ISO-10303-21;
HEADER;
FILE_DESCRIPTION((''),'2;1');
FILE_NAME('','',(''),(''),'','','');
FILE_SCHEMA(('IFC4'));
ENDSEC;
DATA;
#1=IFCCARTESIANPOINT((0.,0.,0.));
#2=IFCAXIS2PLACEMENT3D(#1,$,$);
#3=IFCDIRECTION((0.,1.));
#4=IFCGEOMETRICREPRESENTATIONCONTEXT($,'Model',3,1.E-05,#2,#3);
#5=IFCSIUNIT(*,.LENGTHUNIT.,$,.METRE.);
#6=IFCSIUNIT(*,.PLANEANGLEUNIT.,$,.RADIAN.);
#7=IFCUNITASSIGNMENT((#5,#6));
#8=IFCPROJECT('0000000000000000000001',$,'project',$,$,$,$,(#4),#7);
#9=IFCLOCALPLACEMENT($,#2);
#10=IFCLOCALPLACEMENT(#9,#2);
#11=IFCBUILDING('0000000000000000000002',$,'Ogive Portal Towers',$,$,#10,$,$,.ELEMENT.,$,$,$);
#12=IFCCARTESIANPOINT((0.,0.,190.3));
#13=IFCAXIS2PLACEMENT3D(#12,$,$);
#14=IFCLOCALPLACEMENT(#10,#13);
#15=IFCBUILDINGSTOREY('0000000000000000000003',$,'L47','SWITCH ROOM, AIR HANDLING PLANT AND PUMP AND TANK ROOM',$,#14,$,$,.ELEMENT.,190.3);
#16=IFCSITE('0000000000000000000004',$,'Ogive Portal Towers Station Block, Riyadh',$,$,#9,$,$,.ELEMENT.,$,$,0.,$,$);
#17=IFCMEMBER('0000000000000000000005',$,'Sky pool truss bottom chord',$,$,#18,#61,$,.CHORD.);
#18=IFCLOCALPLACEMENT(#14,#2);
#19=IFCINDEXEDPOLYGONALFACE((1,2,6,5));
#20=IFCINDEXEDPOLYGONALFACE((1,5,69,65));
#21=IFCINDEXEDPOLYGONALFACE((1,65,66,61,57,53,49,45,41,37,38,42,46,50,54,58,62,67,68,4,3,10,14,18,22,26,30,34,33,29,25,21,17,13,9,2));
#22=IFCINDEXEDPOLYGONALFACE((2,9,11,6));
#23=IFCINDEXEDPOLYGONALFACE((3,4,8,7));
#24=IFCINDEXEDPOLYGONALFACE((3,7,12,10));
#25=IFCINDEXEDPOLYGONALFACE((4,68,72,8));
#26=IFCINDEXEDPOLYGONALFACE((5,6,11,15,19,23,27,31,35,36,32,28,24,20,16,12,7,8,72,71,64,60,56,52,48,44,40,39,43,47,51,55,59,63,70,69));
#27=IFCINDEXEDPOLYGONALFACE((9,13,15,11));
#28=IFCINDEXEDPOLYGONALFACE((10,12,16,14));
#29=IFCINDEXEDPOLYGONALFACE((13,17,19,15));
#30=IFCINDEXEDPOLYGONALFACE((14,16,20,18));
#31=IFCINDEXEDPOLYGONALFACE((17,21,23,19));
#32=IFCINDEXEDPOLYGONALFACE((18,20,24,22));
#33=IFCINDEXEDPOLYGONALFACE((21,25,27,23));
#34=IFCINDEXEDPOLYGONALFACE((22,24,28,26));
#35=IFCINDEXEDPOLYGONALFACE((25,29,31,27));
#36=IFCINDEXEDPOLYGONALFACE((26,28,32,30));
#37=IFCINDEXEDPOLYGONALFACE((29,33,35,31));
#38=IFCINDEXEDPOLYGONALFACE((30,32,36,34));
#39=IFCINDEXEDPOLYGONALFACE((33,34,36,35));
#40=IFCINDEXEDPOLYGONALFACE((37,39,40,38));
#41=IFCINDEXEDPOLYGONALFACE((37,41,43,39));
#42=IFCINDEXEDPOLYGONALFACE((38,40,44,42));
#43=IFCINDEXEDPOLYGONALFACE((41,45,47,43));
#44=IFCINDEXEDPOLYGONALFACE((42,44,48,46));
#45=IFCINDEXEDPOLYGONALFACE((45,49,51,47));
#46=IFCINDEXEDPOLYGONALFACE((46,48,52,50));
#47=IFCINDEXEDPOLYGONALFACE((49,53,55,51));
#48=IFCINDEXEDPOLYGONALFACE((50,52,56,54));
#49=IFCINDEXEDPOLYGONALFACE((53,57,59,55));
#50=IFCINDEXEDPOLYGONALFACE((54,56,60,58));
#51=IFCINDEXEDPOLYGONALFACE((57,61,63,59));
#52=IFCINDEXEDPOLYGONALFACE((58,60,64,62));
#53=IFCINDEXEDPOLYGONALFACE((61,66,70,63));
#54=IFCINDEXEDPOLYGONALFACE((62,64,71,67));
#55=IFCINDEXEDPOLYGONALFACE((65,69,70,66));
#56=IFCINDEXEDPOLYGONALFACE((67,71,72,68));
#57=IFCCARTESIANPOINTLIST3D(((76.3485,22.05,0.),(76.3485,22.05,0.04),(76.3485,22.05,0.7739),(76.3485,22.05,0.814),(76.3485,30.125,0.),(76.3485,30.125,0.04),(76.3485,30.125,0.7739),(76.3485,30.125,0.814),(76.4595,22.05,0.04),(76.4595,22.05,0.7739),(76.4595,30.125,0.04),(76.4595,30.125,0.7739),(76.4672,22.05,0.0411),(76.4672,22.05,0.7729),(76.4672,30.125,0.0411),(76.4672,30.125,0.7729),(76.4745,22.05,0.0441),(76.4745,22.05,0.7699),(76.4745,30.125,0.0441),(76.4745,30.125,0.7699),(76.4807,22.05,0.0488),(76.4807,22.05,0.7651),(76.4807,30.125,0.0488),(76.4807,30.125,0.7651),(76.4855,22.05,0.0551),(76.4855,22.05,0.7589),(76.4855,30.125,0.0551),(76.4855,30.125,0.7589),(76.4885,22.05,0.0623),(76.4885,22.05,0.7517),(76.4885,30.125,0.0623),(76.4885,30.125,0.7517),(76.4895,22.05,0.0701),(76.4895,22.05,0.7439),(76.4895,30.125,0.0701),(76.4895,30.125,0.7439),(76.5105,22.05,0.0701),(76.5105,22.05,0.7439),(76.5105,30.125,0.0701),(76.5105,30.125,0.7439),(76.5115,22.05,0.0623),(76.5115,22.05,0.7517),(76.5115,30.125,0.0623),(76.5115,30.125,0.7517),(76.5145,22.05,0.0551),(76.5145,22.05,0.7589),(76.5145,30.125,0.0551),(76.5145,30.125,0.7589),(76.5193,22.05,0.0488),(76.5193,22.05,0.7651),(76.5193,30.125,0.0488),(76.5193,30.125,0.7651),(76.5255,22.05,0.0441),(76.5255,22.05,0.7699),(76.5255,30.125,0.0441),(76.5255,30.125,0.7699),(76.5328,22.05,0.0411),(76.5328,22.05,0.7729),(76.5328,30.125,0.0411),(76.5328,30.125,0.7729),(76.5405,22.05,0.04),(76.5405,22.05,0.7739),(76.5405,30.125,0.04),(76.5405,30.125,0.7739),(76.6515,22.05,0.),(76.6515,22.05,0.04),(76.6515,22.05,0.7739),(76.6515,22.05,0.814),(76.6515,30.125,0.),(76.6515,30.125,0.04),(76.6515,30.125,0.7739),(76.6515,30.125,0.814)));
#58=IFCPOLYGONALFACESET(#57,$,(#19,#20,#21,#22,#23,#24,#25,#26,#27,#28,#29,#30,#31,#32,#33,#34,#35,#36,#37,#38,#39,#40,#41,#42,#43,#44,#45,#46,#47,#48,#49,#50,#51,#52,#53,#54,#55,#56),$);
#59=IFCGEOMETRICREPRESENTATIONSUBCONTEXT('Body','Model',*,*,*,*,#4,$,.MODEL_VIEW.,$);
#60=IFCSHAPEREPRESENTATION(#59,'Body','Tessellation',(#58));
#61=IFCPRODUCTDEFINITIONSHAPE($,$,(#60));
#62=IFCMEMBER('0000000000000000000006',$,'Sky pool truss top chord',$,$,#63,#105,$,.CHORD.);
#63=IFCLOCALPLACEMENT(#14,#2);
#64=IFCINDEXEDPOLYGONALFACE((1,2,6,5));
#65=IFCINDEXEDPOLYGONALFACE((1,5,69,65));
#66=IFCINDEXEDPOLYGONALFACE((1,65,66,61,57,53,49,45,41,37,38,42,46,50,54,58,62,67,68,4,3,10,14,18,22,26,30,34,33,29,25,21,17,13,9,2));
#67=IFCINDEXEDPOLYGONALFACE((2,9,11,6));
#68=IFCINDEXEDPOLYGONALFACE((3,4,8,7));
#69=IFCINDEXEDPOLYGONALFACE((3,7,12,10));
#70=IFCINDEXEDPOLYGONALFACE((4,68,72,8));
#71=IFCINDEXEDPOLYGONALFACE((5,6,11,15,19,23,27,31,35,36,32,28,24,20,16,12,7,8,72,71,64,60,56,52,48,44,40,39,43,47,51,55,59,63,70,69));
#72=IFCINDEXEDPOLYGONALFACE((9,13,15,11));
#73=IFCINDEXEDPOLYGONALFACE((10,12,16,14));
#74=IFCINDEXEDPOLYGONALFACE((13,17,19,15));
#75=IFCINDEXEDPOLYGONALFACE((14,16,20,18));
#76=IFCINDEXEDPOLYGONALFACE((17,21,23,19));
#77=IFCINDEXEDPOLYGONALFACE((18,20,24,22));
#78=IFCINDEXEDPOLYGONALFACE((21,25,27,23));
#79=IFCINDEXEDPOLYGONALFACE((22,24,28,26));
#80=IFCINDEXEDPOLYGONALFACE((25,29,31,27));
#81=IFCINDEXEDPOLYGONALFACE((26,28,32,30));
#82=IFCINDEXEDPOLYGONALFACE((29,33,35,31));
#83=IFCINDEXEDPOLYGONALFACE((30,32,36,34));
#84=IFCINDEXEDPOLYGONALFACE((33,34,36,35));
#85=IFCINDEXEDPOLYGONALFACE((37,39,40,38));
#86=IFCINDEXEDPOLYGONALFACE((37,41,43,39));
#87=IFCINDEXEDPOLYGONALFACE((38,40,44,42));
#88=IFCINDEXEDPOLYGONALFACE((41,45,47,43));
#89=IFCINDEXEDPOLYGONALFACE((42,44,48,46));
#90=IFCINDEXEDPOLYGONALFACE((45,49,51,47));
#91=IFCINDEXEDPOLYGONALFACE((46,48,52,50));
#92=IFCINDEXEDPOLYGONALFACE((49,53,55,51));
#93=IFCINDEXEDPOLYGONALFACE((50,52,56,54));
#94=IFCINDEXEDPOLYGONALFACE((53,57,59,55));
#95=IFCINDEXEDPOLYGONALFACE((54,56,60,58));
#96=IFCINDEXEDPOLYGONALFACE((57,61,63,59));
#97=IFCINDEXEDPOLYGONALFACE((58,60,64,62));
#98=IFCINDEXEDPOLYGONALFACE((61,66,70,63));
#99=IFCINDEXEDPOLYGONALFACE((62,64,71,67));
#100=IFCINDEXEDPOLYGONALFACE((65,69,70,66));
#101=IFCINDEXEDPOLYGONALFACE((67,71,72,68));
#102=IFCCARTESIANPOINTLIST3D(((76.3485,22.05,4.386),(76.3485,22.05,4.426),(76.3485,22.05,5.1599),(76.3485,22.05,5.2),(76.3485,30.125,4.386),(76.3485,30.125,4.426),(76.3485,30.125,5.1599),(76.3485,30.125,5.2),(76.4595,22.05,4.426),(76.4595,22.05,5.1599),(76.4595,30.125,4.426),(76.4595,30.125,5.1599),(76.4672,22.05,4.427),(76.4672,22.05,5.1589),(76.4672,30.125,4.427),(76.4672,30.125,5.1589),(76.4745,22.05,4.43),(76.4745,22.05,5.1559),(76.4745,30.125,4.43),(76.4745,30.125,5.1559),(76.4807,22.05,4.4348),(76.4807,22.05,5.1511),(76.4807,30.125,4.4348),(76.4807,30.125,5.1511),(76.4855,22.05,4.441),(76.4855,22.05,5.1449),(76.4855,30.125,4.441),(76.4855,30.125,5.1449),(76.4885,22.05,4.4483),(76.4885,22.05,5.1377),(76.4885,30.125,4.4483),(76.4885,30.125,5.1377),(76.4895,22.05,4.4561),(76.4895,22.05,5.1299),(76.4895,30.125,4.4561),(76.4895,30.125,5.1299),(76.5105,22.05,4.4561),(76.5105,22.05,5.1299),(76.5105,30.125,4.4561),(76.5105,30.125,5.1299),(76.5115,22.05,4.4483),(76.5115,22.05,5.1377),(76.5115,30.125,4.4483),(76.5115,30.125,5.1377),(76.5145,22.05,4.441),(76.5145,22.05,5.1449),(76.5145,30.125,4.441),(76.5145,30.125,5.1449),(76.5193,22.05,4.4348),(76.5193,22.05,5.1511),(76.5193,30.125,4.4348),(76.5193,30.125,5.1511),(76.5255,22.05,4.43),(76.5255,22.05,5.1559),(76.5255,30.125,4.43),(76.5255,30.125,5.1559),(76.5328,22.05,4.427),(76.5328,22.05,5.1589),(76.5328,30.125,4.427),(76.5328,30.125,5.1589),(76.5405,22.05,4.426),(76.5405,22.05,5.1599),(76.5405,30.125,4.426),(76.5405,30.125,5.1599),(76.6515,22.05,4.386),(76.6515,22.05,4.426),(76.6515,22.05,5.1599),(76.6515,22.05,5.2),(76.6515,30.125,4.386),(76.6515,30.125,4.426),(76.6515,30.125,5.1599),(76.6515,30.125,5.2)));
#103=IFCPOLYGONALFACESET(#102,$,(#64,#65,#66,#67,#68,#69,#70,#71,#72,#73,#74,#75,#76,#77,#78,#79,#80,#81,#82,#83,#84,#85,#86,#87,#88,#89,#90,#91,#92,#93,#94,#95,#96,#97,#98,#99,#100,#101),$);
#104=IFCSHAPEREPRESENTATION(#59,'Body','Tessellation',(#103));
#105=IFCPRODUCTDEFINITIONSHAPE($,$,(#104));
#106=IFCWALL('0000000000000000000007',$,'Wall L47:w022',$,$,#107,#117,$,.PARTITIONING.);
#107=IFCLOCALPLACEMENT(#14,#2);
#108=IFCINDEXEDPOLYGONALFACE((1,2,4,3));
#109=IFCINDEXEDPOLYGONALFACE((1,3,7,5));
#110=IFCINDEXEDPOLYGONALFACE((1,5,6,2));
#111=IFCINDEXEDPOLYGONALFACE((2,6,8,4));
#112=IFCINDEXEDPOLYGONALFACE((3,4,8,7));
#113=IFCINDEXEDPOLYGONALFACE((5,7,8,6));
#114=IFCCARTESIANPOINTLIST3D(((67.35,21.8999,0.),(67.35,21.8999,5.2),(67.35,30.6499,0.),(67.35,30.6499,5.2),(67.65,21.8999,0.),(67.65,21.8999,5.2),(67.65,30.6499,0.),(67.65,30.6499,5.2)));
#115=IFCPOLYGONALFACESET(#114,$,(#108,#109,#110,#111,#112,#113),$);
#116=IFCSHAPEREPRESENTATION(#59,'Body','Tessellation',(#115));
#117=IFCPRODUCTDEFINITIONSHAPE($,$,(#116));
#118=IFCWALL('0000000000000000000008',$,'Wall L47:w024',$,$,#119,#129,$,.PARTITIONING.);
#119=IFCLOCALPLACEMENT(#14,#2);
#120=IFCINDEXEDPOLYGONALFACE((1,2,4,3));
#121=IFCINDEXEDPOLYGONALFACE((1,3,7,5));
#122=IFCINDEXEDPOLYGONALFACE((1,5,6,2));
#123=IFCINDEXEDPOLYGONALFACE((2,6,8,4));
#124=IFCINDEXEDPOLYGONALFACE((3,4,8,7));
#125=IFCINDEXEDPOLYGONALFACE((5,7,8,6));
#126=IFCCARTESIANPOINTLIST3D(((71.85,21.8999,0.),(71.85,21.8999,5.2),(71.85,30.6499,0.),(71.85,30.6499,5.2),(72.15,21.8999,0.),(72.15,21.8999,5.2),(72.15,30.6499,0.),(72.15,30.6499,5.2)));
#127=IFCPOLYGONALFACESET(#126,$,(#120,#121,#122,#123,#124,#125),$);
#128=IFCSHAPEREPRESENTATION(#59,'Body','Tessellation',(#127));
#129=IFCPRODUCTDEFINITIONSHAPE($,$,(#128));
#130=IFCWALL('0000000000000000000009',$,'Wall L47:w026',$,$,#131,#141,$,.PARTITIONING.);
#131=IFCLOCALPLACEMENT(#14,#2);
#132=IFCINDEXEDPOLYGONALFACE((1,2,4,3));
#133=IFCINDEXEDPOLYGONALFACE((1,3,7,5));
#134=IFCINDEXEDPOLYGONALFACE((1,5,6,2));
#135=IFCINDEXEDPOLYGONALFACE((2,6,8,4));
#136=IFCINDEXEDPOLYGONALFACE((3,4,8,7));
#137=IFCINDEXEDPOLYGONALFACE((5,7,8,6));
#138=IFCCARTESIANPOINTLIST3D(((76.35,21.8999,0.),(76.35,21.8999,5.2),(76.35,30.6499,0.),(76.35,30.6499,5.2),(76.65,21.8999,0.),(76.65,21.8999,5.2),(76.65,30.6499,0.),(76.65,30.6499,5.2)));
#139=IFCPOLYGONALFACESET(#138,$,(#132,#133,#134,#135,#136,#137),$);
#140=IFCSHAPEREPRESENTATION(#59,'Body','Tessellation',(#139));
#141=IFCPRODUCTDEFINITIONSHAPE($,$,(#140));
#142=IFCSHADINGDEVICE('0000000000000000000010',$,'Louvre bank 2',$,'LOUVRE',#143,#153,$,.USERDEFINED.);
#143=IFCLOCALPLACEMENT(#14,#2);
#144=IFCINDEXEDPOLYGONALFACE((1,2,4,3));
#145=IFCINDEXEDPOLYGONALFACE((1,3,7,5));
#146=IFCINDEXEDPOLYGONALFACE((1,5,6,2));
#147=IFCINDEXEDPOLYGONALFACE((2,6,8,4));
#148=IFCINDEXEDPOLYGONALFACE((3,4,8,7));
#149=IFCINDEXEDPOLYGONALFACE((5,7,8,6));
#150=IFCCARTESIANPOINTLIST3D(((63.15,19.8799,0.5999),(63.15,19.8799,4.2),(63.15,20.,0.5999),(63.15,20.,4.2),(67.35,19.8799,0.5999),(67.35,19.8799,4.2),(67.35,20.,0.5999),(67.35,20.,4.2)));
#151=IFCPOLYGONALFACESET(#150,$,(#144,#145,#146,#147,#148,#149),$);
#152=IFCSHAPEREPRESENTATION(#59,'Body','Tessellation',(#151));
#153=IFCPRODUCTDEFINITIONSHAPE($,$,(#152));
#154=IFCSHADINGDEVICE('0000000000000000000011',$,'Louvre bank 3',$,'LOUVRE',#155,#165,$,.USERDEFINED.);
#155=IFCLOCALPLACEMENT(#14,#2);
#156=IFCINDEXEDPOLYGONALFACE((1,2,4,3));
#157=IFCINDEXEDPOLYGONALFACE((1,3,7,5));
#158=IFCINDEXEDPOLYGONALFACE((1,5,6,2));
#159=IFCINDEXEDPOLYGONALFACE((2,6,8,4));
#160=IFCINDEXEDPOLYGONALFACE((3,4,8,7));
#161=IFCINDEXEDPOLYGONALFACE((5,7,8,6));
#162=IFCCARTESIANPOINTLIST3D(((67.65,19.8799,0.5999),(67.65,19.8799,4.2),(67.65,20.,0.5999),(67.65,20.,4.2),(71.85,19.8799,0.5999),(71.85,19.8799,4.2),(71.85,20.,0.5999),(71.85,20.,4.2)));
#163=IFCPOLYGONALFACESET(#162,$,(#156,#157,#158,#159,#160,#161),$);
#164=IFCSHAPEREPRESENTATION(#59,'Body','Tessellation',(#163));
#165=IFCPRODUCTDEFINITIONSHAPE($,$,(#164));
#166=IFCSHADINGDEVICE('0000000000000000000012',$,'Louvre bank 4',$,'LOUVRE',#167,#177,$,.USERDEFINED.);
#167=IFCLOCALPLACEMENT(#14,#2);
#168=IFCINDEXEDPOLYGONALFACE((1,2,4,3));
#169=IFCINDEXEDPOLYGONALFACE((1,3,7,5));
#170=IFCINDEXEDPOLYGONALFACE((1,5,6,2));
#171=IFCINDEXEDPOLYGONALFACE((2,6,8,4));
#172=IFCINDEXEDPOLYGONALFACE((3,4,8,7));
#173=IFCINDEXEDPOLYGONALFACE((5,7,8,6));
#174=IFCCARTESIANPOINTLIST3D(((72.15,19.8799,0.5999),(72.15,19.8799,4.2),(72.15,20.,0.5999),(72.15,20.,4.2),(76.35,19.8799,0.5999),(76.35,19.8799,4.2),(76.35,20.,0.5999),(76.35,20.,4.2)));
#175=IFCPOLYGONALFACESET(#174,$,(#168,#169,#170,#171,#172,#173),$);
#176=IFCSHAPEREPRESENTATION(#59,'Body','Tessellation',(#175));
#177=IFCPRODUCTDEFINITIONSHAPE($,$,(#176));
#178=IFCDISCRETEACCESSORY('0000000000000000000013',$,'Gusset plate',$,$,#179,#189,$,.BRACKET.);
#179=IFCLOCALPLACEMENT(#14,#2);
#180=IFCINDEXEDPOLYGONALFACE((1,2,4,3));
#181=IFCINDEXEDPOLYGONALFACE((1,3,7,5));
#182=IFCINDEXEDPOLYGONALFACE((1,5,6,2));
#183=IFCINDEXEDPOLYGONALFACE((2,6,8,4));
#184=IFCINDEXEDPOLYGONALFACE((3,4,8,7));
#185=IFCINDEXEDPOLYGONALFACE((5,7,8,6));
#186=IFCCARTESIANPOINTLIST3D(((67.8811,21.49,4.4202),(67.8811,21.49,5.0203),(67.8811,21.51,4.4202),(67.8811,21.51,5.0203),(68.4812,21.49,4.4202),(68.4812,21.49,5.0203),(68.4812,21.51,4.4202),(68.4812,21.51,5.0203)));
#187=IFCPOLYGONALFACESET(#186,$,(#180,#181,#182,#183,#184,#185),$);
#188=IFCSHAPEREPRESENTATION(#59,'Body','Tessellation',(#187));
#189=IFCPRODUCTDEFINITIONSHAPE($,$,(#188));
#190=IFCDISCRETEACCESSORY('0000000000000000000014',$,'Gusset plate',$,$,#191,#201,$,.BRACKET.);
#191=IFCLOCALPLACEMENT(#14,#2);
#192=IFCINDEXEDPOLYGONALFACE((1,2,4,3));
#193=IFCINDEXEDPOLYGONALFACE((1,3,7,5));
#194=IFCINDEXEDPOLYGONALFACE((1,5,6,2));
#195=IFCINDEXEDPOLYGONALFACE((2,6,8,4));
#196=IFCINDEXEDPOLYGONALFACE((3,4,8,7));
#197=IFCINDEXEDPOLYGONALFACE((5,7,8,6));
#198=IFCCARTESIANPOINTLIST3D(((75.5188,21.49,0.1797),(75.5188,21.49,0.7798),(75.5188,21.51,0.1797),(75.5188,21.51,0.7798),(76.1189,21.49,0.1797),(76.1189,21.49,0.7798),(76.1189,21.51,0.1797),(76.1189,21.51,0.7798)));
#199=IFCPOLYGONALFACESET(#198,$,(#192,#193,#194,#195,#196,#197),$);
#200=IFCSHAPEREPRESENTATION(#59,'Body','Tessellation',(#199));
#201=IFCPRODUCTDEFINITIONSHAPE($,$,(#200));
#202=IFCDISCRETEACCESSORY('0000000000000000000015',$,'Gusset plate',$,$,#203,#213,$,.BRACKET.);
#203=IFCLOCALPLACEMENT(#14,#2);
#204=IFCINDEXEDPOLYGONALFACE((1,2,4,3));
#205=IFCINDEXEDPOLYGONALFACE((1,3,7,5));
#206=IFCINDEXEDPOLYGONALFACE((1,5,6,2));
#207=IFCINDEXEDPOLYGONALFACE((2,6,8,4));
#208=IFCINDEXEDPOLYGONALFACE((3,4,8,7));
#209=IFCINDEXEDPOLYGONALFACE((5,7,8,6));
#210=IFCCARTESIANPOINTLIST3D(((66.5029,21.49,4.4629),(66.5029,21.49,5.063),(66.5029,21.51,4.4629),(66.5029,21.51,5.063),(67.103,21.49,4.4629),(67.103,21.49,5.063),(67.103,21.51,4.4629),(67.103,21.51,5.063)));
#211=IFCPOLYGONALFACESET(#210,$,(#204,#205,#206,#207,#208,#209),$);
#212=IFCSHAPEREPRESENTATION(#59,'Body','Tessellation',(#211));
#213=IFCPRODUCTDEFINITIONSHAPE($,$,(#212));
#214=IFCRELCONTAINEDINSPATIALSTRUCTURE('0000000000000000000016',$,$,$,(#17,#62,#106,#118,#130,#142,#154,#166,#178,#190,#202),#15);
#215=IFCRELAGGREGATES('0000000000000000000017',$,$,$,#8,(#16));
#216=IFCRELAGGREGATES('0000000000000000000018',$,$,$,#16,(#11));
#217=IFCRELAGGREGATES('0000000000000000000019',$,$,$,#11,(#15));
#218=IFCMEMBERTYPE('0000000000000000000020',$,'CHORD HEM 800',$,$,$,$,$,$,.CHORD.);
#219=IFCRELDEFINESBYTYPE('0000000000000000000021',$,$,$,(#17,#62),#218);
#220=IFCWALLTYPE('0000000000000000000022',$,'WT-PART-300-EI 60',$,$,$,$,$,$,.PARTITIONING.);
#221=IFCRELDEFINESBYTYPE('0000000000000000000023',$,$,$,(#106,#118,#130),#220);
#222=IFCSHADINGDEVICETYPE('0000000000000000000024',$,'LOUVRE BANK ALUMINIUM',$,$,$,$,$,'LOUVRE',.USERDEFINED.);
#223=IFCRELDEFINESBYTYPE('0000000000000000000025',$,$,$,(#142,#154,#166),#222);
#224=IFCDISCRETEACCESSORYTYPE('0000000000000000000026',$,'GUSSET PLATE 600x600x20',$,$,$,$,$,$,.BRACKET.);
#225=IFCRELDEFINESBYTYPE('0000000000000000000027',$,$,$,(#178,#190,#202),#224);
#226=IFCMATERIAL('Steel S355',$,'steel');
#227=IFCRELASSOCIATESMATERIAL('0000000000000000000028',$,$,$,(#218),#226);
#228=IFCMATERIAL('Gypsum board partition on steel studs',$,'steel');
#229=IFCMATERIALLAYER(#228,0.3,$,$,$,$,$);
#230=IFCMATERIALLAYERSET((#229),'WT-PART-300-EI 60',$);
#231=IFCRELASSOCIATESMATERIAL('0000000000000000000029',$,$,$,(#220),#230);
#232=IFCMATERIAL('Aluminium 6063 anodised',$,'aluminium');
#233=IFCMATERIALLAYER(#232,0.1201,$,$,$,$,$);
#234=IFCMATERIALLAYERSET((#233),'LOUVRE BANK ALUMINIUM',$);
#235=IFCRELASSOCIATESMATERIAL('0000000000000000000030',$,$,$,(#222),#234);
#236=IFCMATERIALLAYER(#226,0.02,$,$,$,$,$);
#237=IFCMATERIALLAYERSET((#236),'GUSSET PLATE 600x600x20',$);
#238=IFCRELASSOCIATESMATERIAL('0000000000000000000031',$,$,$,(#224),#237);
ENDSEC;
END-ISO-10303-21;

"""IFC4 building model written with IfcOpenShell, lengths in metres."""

from ifc_helpers import new_model, si_unit, direction, frame, frame_2d, origin, origin_2d, place, context, subcontext, project, spatial, rectangle, i_section, extrude, material, layer, layer_set, material_profile, profile_set, type_object, element, save


model = new_model("IFC4")

# Units and contexts
model_context = context("Model", 3, precision=1e-05, world=origin(), true_north=direction((0.0, 1.0)))
body_context = subcontext(model_context, "Body", "Model", "MODEL_VIEW")
ifc_project = project(units=[si_unit("LENGTHUNIT", "METRE"), si_unit("PLANEANGLEUNIT", "RADIAN")], contexts=[model_context])

# Site, building, storey
site_placement = place(None, origin())
site = spatial("IfcSite", under=ifc_project, at=site_placement, Name="Ogive Portal Towers Station Block, Riyadh", CompositionType="ELEMENT", RefElevation=0.0)
building_placement = place(site_placement, origin())
building = spatial("IfcBuilding", under=site, at=building_placement, Name="Ogive Portal Towers", CompositionType="ELEMENT")
storey_placement = place(building_placement, frame((0.0, 0.0, 190.3)))
storey = spatial("IfcBuildingStorey", under=building, at=storey_placement, Name="L47", Description="SWITCH ROOM, AIR HANDLING PLANT AND PUMP AND TANK ROOM", CompositionType="ELEMENT", Elevation=190.3)

# Members
ifc_material_1 = material(Name="Steel S355", Category="steel")
ifc_material_profile_1 = material_profile(ifc_material_1, i_section(OverallWidth=0.303, OverallDepth=0.814, WebThickness=0.021, FlangeThickness=0.04, FilletRadius=0.03, at=origin_2d()), Name="HEM 800")
ifc_profile_set_1 = profile_set([ifc_material_profile_1], Name="Steel S355")
member_type_1 = type_object("IfcMemberType", Name="CHORD HEM 800", PredefinedType="CHORD", material=ifc_profile_set_1)
for number, where, z_axis, x_axis, name in (
    (1, (76.5, 22.05, 0.407), (0.0, 1.0, 0.0), (-1.0, 0.0, 0.0), "Sky pool truss bottom chord"),
    (2, (76.5, 22.05, 4.793), (0.0, 1.0, 0.0), (-1.0, 0.0, 0.0), "Sky pool truss top chord"),
):
    element("IfcMember", number, at=place(storey_placement, frame(where, z_axis=z_axis, x_axis=x_axis)), inside=storey, type_object=member_type_1, Name=name, PredefinedType="CHORD", context=body_context, shape_type="SweptSolid", body=[
        extrude(i_section(OverallWidth=0.303, OverallDepth=0.814, WebThickness=0.021, FlangeThickness=0.04, FilletRadius=0.03, at=origin_2d()), origin(), (0.0, 0.0, 1.0), 8.075),
    ])

# Walls
ifc_material_2 = material(Name="Gypsum board partition on steel studs", Category="steel")
ifc_layer_1 = layer(ifc_material_2, 0.3)
ifc_layer_set_1 = layer_set([ifc_layer_1], Name="WT-PART-300-EI 60")
wall_type = type_object("IfcWallType", Name="WT-PART-300-EI 60", PredefinedType="PARTITIONING", material=ifc_layer_set_1)
for number, where, z_axis, x_axis, name in (
    (3, (67.5, 21.8999, 0.0), (0.0, 0.0, 1.0), (0.0, 1.0, 0.0), "Wall L47:w022"),
    (4, (72.0, 21.8999, 0.0), (0.0, 0.0, 1.0), (0.0, 1.0, 0.0), "Wall L47:w024"),
    (5, (76.5, 21.8999, 0.0), (0.0, 0.0, 1.0), (0.0, 1.0, 0.0), "Wall L47:w026"),
):
    element("IfcWall", number, at=place(storey_placement, frame(where, z_axis=z_axis, x_axis=x_axis)), inside=storey, type_object=wall_type, Name=name, PredefinedType="PARTITIONING", context=body_context, shape_type="SweptSolid", body=[
        extrude(rectangle(XDim=8.75, YDim=0.3, at=frame_2d((4.375, 0.0))), origin(), (0.0, 0.0, 1.0), 5.2),
    ])

# Shading devices
ifc_material_3 = material(Name="Aluminium 6063 anodised", Category="aluminium")
ifc_layer_2 = layer(ifc_material_3, 0.1201)
ifc_layer_set_2 = layer_set([ifc_layer_2], Name="LOUVRE BANK ALUMINIUM")
shading_device_type = type_object("IfcShadingDeviceType", Name="LOUVRE BANK ALUMINIUM", ElementType="LOUVRE", PredefinedType="USERDEFINED", material=ifc_layer_set_2)
for number, where, z_axis, x_axis, name in (
    (6, (65.25, 19.9399, 0.5999), (0.0, 0.0, 1.0), (1.0, 0.0, 0.0), "Louvre bank 2"),
    (7, (69.75, 19.9399, 0.5999), (0.0, 0.0, 1.0), (1.0, 0.0, 0.0), "Louvre bank 3"),
    (8, (74.25, 19.9399, 0.5999), (0.0, 0.0, 1.0), (1.0, 0.0, 0.0), "Louvre bank 4"),
):
    element("IfcShadingDevice", number, at=place(storey_placement, frame(where, z_axis=z_axis, x_axis=x_axis)), inside=storey, type_object=shading_device_type, Name=name, ObjectType="LOUVRE", PredefinedType="USERDEFINED", context=body_context, shape_type="SweptSolid", body=[
        extrude(rectangle(XDim=4.2, YDim=0.1201, at=origin_2d()), origin(), (0.0, 0.0, 1.0), 3.6001),
    ])

# Discrete accessories
ifc_layer_3 = layer(ifc_material_1, 0.02)
ifc_layer_set_3 = layer_set([ifc_layer_3], Name="GUSSET PLATE 600x600x20")
discrete_accessory_type_1 = type_object("IfcDiscreteAccessoryType", Name="GUSSET PLATE 600x600x20", PredefinedType="BRACKET", material=ifc_layer_set_3)
for number, where, z_axis, x_axis, name in (
    (9, (68.1812, 21.5, 4.4202), (0.0, 0.0, 1.0), (1.0, 0.0, 0.0), "Gusset plate"),
    (10, (75.8188, 21.5, 0.1797), (0.0, 0.0, 1.0), (1.0, 0.0, 0.0), "Gusset plate"),
    (11, (66.803, 21.5, 4.4629), (0.0, 0.0, 1.0), (1.0, 0.0, 0.0), "Gusset plate"),
):
    element("IfcDiscreteAccessory", number, at=place(storey_placement, frame(where, z_axis=z_axis, x_axis=x_axis)), inside=storey, type_object=discrete_accessory_type_1, Name=name, PredefinedType="BRACKET", context=body_context, shape_type="SweptSolid", body=[
        extrude(rectangle(XDim=0.6001, YDim=0.02, at=origin_2d()), origin(), (0.0, 0.0, 1.0), 0.6001),
    ])

save(model, "model.ifc")
